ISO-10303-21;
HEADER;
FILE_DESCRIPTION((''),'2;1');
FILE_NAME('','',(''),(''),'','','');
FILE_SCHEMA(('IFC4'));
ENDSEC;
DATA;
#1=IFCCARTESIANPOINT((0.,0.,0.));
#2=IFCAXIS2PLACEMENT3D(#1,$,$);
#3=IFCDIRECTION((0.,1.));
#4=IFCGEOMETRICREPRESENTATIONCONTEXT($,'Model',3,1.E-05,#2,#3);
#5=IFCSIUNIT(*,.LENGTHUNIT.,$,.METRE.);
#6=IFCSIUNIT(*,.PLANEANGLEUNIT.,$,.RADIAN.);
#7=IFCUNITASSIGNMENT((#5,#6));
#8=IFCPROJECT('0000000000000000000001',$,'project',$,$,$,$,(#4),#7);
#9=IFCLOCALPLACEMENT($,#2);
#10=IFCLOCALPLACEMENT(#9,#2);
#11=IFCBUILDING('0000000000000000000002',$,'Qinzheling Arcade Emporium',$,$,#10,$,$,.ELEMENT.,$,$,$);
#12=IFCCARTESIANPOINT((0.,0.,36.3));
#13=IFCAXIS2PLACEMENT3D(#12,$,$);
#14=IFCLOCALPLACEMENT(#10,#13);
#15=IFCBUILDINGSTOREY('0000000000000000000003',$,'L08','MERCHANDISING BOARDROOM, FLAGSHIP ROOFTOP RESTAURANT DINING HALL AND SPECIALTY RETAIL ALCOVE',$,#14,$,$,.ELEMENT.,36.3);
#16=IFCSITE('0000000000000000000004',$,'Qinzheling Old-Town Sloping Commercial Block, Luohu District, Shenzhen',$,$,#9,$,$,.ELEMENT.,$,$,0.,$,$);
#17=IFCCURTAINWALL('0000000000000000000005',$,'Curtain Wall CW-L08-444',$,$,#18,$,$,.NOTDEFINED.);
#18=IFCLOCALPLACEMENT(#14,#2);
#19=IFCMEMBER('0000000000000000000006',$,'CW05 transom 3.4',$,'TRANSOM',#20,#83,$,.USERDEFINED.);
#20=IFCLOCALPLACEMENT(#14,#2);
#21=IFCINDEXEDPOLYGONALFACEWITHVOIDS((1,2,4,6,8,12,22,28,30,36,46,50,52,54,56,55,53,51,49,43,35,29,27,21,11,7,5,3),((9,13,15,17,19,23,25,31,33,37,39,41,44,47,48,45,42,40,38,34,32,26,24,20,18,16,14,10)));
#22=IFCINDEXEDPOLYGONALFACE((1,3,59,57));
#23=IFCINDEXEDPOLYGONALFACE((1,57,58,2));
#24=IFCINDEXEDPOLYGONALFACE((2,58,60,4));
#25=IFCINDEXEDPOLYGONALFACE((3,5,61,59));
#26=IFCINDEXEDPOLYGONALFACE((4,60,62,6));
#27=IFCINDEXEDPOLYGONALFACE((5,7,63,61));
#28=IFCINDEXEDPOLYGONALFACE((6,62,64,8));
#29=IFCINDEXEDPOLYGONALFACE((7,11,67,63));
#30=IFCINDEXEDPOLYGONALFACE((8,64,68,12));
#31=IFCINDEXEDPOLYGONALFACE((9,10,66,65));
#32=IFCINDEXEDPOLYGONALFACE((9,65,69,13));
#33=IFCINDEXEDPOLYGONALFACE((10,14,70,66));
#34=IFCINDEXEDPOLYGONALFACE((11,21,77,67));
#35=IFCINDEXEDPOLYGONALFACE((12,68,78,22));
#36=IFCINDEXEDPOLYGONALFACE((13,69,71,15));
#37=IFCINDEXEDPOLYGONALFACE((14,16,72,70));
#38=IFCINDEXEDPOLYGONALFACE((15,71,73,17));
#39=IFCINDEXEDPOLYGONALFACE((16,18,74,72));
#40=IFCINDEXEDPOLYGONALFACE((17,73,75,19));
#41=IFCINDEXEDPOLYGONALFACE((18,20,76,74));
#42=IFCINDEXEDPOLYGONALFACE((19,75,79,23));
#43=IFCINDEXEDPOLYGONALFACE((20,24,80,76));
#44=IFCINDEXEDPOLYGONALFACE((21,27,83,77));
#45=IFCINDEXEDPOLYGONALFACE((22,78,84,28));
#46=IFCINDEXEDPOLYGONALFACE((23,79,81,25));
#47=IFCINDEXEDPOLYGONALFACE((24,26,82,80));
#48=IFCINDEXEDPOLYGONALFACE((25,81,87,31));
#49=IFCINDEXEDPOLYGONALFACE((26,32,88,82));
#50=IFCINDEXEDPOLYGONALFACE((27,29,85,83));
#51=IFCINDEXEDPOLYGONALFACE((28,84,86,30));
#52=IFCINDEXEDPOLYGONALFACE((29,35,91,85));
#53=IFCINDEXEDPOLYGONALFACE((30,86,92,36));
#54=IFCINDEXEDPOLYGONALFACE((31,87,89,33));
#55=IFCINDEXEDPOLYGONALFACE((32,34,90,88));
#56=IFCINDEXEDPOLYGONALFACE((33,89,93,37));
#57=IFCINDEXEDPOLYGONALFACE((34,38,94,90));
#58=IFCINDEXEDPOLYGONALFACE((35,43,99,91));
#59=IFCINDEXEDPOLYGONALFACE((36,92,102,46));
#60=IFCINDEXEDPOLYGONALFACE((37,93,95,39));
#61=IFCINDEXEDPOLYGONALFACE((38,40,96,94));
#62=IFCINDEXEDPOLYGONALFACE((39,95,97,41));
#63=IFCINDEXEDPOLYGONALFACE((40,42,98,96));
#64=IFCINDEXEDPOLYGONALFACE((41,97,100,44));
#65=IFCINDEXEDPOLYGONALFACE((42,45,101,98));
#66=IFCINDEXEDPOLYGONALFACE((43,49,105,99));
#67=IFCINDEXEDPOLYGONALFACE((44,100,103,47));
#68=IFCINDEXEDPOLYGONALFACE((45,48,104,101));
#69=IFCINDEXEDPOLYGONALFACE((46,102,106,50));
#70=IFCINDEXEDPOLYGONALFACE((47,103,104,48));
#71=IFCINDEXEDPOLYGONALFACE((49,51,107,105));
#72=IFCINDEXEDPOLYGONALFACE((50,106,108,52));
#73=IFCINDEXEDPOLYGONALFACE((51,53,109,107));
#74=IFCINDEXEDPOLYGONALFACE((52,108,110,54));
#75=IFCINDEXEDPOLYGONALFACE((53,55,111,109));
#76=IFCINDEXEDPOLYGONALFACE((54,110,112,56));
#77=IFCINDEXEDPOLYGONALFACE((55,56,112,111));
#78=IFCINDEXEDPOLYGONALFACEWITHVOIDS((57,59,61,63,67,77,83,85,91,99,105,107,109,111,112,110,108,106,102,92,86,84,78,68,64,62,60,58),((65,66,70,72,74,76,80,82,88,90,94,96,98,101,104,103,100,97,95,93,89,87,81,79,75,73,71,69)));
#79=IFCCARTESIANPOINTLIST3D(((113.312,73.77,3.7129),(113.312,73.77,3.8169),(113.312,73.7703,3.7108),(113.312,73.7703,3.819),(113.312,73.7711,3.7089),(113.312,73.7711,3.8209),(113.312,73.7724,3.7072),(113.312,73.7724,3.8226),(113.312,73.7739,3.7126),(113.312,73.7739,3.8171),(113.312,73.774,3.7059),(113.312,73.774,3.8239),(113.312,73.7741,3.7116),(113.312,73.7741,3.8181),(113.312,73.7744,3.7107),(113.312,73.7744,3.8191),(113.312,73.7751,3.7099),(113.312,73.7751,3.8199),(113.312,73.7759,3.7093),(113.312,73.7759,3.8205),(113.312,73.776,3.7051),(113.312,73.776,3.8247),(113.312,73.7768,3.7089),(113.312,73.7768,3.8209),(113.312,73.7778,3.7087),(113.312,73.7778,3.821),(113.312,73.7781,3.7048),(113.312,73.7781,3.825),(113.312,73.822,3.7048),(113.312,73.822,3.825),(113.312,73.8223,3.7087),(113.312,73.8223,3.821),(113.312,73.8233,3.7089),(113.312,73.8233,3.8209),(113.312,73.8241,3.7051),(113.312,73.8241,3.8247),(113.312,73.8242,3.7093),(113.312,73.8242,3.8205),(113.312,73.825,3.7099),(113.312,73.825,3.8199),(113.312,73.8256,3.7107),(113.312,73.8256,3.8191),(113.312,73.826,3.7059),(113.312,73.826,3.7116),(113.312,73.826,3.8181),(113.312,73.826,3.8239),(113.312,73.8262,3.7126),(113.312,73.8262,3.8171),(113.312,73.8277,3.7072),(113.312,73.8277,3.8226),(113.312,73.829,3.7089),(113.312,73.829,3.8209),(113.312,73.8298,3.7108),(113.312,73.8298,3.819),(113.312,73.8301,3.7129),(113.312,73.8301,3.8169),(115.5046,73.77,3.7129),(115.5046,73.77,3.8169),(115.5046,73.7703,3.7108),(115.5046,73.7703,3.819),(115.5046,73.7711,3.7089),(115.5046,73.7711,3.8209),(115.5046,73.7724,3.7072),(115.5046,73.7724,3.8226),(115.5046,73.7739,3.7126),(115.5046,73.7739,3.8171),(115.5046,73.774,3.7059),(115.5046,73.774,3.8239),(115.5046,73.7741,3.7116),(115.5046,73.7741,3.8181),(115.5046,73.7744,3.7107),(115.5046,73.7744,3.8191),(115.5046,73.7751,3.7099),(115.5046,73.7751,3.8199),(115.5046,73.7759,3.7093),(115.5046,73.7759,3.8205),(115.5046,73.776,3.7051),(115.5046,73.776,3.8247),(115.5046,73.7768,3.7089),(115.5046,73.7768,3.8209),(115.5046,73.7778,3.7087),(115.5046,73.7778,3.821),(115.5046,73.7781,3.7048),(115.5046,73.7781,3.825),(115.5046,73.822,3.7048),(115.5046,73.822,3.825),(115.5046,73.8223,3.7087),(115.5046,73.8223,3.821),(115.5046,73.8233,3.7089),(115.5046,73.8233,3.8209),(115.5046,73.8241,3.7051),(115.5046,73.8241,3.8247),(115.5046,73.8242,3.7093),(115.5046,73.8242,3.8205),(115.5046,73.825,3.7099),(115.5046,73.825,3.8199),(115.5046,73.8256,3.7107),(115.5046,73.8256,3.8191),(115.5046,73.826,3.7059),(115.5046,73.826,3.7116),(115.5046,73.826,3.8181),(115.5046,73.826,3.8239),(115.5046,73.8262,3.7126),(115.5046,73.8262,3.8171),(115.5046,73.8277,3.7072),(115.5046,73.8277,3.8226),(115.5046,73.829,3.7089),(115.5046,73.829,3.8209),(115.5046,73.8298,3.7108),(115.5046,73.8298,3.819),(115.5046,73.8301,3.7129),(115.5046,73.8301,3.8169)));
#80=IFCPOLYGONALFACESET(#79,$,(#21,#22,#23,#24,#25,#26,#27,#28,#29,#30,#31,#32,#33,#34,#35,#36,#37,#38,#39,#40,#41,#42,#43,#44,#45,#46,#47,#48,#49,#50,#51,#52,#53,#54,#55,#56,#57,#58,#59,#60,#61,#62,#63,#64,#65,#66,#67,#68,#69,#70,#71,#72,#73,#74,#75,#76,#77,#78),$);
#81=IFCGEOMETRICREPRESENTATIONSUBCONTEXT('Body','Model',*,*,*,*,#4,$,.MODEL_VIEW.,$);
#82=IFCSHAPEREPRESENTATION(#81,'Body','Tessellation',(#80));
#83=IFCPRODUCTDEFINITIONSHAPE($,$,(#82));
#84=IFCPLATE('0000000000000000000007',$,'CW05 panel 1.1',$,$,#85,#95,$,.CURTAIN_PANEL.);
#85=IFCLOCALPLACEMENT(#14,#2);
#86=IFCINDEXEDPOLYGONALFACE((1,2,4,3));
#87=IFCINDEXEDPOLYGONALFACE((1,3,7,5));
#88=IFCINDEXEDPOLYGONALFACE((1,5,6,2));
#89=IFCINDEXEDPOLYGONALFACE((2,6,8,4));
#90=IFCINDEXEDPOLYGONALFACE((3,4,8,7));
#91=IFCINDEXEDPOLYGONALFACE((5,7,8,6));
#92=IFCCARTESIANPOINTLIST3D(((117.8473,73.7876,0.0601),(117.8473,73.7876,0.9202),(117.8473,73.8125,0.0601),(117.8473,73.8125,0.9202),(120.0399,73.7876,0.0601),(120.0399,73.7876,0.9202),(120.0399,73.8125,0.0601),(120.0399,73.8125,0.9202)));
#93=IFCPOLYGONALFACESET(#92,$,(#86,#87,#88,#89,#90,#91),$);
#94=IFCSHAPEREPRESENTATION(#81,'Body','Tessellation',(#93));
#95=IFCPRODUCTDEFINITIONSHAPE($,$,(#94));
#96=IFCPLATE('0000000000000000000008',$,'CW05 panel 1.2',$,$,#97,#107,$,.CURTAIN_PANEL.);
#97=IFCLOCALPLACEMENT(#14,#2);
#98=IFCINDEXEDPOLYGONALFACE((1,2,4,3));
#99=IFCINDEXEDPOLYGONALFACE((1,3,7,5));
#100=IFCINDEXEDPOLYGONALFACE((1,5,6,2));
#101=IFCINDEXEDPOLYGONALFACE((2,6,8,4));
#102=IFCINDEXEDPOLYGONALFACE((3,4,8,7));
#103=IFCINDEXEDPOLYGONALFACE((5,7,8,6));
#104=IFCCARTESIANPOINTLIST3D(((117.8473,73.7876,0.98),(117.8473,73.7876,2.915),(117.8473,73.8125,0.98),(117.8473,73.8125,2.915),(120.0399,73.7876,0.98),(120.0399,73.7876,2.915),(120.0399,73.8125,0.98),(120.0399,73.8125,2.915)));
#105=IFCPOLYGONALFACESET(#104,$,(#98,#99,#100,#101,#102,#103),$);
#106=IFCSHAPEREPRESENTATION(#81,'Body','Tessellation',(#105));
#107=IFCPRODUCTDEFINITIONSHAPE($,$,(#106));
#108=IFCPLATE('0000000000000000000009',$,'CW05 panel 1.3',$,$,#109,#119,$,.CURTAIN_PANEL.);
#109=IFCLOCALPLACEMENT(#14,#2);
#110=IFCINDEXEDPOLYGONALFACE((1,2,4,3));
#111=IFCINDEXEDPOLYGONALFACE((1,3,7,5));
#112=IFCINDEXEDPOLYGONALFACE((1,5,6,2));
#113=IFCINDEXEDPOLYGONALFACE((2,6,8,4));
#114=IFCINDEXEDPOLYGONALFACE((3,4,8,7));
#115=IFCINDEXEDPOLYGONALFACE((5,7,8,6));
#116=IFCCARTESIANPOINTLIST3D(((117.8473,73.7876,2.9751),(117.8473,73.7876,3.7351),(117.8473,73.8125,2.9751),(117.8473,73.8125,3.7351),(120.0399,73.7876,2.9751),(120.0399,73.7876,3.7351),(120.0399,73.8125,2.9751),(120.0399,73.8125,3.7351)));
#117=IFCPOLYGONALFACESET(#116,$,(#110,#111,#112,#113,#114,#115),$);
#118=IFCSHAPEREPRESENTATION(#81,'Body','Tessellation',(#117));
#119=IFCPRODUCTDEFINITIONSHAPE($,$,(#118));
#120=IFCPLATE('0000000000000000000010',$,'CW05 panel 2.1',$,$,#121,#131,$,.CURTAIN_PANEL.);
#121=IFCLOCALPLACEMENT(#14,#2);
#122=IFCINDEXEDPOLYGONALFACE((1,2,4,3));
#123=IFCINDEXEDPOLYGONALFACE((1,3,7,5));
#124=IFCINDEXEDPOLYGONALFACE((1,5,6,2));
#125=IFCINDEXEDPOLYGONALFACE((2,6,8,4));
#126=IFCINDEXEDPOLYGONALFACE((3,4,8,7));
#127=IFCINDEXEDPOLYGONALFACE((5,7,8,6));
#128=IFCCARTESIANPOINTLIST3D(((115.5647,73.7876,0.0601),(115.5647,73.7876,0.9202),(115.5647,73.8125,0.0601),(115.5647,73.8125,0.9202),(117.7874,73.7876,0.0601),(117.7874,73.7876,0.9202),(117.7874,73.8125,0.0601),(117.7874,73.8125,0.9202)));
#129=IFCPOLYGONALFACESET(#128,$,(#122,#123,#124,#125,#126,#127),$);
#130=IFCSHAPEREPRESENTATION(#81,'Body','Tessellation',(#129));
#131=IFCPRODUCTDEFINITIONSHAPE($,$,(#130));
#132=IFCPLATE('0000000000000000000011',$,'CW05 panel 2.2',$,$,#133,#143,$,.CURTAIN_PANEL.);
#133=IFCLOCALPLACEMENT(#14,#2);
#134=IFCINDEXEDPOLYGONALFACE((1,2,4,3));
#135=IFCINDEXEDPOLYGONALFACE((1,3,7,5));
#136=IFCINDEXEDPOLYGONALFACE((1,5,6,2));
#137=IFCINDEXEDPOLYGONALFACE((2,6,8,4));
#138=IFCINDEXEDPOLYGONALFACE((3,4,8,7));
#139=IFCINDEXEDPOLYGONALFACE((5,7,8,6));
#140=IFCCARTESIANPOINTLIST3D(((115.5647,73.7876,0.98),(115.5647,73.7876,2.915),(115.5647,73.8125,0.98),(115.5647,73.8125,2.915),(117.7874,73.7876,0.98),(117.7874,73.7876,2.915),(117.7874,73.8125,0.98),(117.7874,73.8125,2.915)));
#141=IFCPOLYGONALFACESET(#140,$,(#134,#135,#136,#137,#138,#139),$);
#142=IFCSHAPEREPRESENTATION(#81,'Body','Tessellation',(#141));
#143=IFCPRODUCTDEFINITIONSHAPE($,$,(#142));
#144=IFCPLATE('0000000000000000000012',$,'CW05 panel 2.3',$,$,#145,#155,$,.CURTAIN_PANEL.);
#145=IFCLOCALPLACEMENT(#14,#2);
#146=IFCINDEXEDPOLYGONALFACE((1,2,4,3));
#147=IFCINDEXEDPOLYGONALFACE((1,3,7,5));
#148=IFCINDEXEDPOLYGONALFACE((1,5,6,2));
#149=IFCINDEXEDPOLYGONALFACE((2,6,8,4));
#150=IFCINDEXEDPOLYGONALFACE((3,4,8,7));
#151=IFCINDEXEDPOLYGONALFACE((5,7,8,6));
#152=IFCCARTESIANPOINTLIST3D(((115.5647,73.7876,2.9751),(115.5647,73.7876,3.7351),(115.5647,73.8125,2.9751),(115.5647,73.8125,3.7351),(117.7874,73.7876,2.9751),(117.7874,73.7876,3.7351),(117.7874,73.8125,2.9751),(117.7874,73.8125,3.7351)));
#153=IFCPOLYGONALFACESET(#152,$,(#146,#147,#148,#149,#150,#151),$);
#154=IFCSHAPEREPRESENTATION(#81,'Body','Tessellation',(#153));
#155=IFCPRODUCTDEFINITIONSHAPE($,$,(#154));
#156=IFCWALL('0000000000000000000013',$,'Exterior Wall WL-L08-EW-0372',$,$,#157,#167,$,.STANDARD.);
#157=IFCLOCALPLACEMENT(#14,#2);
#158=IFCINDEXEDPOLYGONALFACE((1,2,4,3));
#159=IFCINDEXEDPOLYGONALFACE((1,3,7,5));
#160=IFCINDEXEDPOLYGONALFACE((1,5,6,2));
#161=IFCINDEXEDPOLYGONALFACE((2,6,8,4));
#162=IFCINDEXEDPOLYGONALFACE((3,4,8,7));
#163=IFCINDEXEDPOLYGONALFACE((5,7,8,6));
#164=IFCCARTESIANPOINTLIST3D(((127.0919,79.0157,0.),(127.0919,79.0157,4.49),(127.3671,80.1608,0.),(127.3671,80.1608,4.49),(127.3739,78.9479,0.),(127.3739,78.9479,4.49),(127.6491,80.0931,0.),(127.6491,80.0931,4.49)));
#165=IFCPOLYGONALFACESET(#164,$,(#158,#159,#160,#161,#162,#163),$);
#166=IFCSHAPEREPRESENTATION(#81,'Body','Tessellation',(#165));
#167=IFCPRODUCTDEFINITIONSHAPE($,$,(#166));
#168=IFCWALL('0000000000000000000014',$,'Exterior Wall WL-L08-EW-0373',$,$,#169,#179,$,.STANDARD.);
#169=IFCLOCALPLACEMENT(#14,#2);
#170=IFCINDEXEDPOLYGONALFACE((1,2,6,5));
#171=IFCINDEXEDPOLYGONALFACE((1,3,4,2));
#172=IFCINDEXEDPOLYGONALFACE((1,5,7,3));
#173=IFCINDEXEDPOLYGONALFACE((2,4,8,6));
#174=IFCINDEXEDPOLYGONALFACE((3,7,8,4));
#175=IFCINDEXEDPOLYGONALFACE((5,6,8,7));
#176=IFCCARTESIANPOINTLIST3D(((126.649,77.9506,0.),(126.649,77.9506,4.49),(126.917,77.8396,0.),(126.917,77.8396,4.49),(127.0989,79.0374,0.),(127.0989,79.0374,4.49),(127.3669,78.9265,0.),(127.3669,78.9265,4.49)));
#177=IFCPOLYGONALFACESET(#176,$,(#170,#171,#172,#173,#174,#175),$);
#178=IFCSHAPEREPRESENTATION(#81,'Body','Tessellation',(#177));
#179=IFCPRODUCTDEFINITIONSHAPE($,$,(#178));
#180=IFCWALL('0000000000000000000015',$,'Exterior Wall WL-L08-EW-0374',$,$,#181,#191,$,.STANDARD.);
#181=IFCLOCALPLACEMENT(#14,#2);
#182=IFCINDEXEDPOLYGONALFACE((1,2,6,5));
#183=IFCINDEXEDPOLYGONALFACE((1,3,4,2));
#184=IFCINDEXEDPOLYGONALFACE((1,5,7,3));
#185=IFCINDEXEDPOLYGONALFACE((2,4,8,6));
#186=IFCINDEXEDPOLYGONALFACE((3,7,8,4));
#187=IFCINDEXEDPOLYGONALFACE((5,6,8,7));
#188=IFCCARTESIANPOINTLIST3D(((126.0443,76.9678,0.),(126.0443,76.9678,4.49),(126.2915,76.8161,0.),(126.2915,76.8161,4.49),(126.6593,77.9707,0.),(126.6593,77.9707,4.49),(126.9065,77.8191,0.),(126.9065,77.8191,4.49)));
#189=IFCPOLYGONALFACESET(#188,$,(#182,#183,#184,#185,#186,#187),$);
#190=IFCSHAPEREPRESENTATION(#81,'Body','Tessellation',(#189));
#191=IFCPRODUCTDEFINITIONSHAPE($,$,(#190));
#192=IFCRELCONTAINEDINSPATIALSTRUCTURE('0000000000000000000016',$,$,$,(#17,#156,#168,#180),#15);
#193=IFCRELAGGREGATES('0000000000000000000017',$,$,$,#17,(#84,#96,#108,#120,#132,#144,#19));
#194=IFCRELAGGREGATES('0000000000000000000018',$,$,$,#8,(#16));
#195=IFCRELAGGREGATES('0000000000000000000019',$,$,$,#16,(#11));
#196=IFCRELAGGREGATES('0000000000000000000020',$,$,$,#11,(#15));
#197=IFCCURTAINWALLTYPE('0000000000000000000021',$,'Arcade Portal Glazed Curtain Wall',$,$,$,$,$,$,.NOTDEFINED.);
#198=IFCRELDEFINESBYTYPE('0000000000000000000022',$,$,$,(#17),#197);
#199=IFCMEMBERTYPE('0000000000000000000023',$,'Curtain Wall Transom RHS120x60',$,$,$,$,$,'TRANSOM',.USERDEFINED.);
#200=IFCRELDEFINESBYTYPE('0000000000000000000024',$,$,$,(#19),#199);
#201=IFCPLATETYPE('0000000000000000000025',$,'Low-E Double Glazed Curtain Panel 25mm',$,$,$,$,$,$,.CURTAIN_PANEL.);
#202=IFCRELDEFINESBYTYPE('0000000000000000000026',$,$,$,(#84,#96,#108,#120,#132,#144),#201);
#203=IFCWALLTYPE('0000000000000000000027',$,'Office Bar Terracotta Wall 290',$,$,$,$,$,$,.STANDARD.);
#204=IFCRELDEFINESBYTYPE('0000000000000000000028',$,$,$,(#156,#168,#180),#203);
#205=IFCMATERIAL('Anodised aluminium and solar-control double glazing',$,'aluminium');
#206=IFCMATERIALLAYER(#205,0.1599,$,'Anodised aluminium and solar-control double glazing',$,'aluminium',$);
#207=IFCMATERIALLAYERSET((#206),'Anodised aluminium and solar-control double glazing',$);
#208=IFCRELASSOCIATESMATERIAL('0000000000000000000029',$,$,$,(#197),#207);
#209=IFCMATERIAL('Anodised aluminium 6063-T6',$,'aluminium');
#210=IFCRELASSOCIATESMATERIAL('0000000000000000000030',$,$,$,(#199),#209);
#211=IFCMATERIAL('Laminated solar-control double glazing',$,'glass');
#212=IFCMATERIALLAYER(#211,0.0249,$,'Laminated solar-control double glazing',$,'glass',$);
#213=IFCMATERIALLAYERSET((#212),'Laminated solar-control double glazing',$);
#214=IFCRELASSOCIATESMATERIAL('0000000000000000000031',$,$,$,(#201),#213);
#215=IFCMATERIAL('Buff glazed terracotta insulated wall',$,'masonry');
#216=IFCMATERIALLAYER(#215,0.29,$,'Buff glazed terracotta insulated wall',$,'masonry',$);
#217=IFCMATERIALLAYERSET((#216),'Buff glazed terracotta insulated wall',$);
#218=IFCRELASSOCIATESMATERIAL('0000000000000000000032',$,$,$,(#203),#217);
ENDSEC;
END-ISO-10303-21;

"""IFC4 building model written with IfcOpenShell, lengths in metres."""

from ifc_helpers import new_model, si_unit, direction, frame, frame_2d, origin, origin_2d, place, context, subcontext, project, spatial, rectangle, hollow_rectangle, extrude, material, layer, layer_set, material_profile, profile_set, type_object, element, aggregate, save


model = new_model("IFC4")

# Units and contexts
model_context = context("Model", 3, precision=1e-05, world=origin(), true_north=direction((0.0, 1.0)))
body_context = subcontext(model_context, "Body", "Model", "MODEL_VIEW")
ifc_project = project(units=[si_unit("LENGTHUNIT", "METRE"), si_unit("PLANEANGLEUNIT", "RADIAN")], contexts=[model_context])

# Site, building, storey
site_placement = place(None, origin())
site = spatial("IfcSite", under=ifc_project, at=site_placement, Name="Qinzheling Old-Town Sloping Commercial Block, Luohu District, Shenzhen", CompositionType="ELEMENT", RefElevation=0.0)
building_placement = place(site_placement, origin())
building = spatial("IfcBuilding", under=site, at=building_placement, Name="Qinzheling Arcade Emporium", CompositionType="ELEMENT")
storey_placement = place(building_placement, frame((0.0, 0.0, 36.3)))
storey = spatial("IfcBuildingStorey", under=building, at=storey_placement, Name="L08", Description="MERCHANDISING BOARDROOM, FLAGSHIP ROOFTOP RESTAURANT DINING HALL AND SPECIALTY RETAIL ALCOVE", CompositionType="ELEMENT", Elevation=36.3)

# Curtain wall, member, plates
ifc_material_1 = material(Name="Anodised aluminium and solar-control double glazing", Category="aluminium")
ifc_layer_1 = layer(ifc_material_1, 0.1599, Name="Anodised aluminium and solar-control double glazing", Category="aluminium")
ifc_layer_set_1 = layer_set([ifc_layer_1], Name="Anodised aluminium and solar-control double glazing")
curtain_wall_type = type_object("IfcCurtainWallType", Name="Arcade Portal Glazed Curtain Wall", PredefinedType="NOTDEFINED", material=ifc_layer_set_1)
curtain_wall_placement = place(storey_placement, origin())
curtain_wall = element("IfcCurtainWall", 1, at=curtain_wall_placement, inside=storey, type_object=curtain_wall_type, Name="Curtain Wall CW-L08-444", PredefinedType="NOTDEFINED")
ifc_material_2 = material(Name="Anodised aluminium 6063-T6", Category="aluminium")
ifc_material_profile_1 = material_profile(ifc_material_2, hollow_rectangle(XDim=0.0601, YDim=0.1201, WallThickness=0.0039, InnerFilletRadius=0.0039, OuterFilletRadius=0.0081, at=origin_2d()), Name="RHS 120x60x4", Category="aluminium")
ifc_profile_set_1 = profile_set([ifc_material_profile_1], Name="Anodised aluminium 6063-T6")
member_type_1 = type_object("IfcMemberType", Name="Curtain Wall Transom RHS120x60", ElementType="TRANSOM", PredefinedType="USERDEFINED", material=ifc_profile_set_1)
member_1_placement = place(storey_placement, frame((115.5046, 73.8, 3.7649), z_axis=(-1.0, 0.0, 0.0), x_axis=(0.0, -1.0, 0.0)))
member_1 = element("IfcMember", 2, at=member_1_placement, type_object=member_type_1, Name="CW05 transom 3.4", ObjectType="TRANSOM", PredefinedType="USERDEFINED", context=body_context, shape_type="SweptSolid", body=[
    extrude(hollow_rectangle(XDim=0.0601, YDim=0.1201, WallThickness=0.0039, InnerFilletRadius=0.0039, OuterFilletRadius=0.0081, at=origin_2d()), origin(), (0.0, 0.0, 1.0), 2.1926),
])
ifc_material_3 = material(Name="Laminated solar-control double glazing", Category="glass")
ifc_layer_2 = layer(ifc_material_3, 0.0249, Name="Laminated solar-control double glazing", Category="glass")
ifc_layer_set_2 = layer_set([ifc_layer_2], Name="Laminated solar-control double glazing")
plate_type = type_object("IfcPlateType", Name="Low-E Double Glazed Curtain Panel 25mm", PredefinedType="CURTAIN_PANEL", material=ifc_layer_set_2)
plate_1_placement = place(storey_placement, frame((118.9436, 73.8, 0.0601), z_axis=(0.0, 0.0, 1.0), x_axis=(-1.0, 0.0, 0.0)))
plate_1 = element("IfcPlate", 3, at=plate_1_placement, type_object=plate_type, Name="CW05 panel 1.1", PredefinedType="CURTAIN_PANEL", context=body_context, shape_type="SweptSolid", body=[
    extrude(rectangle(XDim=2.1926, YDim=0.0249, at=origin_2d()), origin(), (0.0, 0.0, 1.0), 0.8601),
])
plate_2_placement = place(storey_placement, frame((118.9436, 73.8, 0.98), z_axis=(0.0, 0.0, 1.0), x_axis=(-1.0, 0.0, 0.0)))
plate_2 = element("IfcPlate", 4, at=plate_2_placement, type_object=plate_type, Name="CW05 panel 1.2", PredefinedType="CURTAIN_PANEL", context=body_context, shape_type="SweptSolid", body=[
    extrude(rectangle(XDim=2.1926, YDim=0.0249, at=origin_2d()), origin(), (0.0, 0.0, 1.0), 1.9351),
])
plate_3_placement = place(storey_placement, frame((118.9436, 73.8, 2.9751), z_axis=(0.0, 0.0, 1.0), x_axis=(-1.0, 0.0, 0.0)))
plate_3 = element("IfcPlate", 5, at=plate_3_placement, type_object=plate_type, Name="CW05 panel 1.3", PredefinedType="CURTAIN_PANEL", context=body_context, shape_type="SweptSolid", body=[
    extrude(rectangle(XDim=2.1926, YDim=0.0249, at=origin_2d()), origin(), (0.0, 0.0, 1.0), 0.76),
])
plate_4_placement = place(storey_placement, frame((116.676, 73.8, 0.0601), z_axis=(0.0, 0.0, 1.0), x_axis=(-1.0, 0.0, 0.0)))
plate_4 = element("IfcPlate", 6, at=plate_4_placement, type_object=plate_type, Name="CW05 panel 2.1", PredefinedType="CURTAIN_PANEL", context=body_context, shape_type="SweptSolid", body=[
    extrude(rectangle(XDim=2.2227, YDim=0.0249, at=origin_2d()), origin(), (0.0, 0.0, 1.0), 0.8601),
])
plate_5_placement = place(storey_placement, frame((116.676, 73.8, 0.98), z_axis=(0.0, 0.0, 1.0), x_axis=(-1.0, 0.0, 0.0)))
plate_5 = element("IfcPlate", 7, at=plate_5_placement, type_object=plate_type, Name="CW05 panel 2.2", PredefinedType="CURTAIN_PANEL", context=body_context, shape_type="SweptSolid", body=[
    extrude(rectangle(XDim=2.2227, YDim=0.0249, at=origin_2d()), origin(), (0.0, 0.0, 1.0), 1.9351),
])
plate_6_placement = place(storey_placement, frame((116.676, 73.8, 2.9751), z_axis=(0.0, 0.0, 1.0), x_axis=(-1.0, 0.0, 0.0)))
plate_6 = element("IfcPlate", 8, at=plate_6_placement, type_object=plate_type, Name="CW05 panel 2.3", PredefinedType="CURTAIN_PANEL", context=body_context, shape_type="SweptSolid", body=[
    extrude(rectangle(XDim=2.2227, YDim=0.0249, at=origin_2d()), origin(), (0.0, 0.0, 1.0), 0.76),
])
aggregate(curtain_wall, [plate_1, plate_2, plate_3, plate_4, plate_5, plate_6, member_1])

# Walls
ifc_material_4 = material(Name="Buff glazed terracotta insulated wall", Category="masonry")
ifc_layer_3 = layer(ifc_material_4, 0.29, Name="Buff glazed terracotta insulated wall", Category="masonry")
ifc_layer_set_3 = layer_set([ifc_layer_3], Name="Buff glazed terracotta insulated wall")
wall_type = type_object("IfcWallType", Name="Office Bar Terracotta Wall 290", PredefinedType="STANDARD", material=ifc_layer_set_3)
wall_1_placement = place(storey_placement, frame((127.5081, 80.127, 0.0), z_axis=(0.0, 0.0, 1.0), x_axis=(-0.233647, -0.972321, 0.0)))
element("IfcWall", 9, at=wall_1_placement, inside=storey, type_object=wall_type, Name="Exterior Wall WL-L08-EW-0372", PredefinedType="STANDARD", context=body_context, shape_type="SweptSolid", body=[
    extrude(rectangle(XDim=1.1777, YDim=0.29, at=frame_2d((0.5889, 0.0))), origin(), (0.0, 0.0, 1.0), 4.49),
])
wall_2_placement = place(storey_placement, frame((127.2329, 78.9819, 0.0), z_axis=(0.0, 0.0, 1.0), x_axis=(-0.382492, -0.923959, 0.0)))
element("IfcWall", 10, at=wall_2_placement, inside=storey, type_object=wall_type, Name="Exterior Wall WL-L08-EW-0373", PredefinedType="STANDARD", context=body_context, shape_type="SweptSolid", body=[
    extrude(rectangle(XDim=1.1763, YDim=0.29, at=frame_2d((0.5881, 0.0))), origin(), (0.0, 0.0, 1.0), 4.49),
])
wall_3_placement = place(storey_placement, frame((126.783, 77.895, 0.0), z_axis=(0.0, 0.0, 1.0), x_axis=(-0.522742, -0.852491, 0.0)))
element("IfcWall", 11, at=wall_3_placement, inside=storey, type_object=wall_type, Name="Exterior Wall WL-L08-EW-0374", PredefinedType="STANDARD", context=body_context, shape_type="SweptSolid", body=[
    extrude(rectangle(XDim=1.1765, YDim=0.29, at=frame_2d((0.5884, 0.0))), origin(), (0.0, 0.0, 1.0), 4.49),
])

save(model, "model.ifc")
